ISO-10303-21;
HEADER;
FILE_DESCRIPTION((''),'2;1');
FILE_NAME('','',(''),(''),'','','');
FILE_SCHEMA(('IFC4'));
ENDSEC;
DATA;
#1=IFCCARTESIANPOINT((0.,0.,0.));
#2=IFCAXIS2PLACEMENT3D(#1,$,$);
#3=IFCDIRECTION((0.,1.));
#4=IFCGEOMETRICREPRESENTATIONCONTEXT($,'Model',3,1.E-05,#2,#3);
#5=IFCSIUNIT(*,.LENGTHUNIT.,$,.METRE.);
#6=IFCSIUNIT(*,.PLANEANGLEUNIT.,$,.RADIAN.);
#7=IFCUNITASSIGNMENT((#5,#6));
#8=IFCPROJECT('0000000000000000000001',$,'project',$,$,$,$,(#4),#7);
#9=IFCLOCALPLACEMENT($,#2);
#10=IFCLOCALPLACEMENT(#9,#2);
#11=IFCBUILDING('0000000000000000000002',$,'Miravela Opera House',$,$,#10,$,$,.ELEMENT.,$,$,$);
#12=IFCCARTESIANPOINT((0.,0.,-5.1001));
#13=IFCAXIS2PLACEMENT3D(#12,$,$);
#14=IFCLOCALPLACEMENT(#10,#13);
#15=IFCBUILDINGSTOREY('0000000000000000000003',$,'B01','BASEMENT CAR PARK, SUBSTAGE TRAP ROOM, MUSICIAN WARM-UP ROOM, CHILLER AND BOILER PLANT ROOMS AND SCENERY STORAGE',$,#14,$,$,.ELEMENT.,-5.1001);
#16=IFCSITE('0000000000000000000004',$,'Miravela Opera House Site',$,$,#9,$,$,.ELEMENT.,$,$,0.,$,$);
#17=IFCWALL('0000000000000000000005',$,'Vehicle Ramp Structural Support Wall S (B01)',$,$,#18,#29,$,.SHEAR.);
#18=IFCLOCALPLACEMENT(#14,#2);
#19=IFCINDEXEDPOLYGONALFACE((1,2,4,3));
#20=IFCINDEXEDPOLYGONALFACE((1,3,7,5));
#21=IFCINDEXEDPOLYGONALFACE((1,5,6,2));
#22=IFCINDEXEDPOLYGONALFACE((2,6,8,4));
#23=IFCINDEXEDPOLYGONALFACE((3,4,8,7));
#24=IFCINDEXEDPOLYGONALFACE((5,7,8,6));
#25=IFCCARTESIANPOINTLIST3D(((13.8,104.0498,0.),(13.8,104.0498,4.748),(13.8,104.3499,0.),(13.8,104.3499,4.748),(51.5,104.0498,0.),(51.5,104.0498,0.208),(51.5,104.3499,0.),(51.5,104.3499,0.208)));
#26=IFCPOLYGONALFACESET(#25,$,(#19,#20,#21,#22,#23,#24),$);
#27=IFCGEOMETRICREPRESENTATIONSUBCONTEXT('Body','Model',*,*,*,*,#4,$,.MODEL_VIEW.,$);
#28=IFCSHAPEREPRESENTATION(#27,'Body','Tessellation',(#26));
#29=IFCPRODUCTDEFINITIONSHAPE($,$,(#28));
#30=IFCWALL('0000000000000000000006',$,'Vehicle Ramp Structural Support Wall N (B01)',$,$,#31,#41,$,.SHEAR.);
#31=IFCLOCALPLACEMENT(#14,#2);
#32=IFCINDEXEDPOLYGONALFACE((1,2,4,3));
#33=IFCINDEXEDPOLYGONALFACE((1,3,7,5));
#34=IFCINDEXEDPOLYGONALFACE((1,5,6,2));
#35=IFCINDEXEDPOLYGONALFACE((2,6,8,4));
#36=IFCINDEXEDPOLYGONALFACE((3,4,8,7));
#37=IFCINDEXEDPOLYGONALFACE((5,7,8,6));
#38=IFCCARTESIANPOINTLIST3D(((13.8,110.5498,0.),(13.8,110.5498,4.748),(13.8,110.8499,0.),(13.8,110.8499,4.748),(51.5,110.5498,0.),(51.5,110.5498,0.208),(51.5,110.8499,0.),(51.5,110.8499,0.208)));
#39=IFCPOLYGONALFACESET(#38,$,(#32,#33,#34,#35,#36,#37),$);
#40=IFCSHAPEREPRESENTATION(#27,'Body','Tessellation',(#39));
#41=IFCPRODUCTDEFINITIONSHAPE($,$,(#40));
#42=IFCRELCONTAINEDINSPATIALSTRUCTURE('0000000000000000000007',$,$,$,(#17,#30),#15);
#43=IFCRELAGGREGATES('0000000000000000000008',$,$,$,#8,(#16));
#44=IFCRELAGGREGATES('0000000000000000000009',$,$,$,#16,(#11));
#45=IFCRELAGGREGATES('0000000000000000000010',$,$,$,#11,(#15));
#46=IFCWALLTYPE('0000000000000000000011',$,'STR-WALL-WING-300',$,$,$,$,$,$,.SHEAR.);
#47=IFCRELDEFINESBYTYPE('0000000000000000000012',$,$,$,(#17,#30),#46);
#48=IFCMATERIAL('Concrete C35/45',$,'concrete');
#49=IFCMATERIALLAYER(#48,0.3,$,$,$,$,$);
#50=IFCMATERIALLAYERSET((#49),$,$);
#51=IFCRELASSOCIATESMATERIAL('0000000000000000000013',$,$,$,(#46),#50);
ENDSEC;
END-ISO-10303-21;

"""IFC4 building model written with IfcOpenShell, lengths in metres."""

from ifc_helpers import new_model, si_unit, direction, frame, origin, place, context, subcontext, project, spatial, polyline, outline, extrude, material, layer, layer_set, type_object, element, save


model = new_model("IFC4")

# Units and contexts
model_context = context("Model", 3, precision=1e-05, world=origin(), true_north=direction((0.0, 1.0)))
body_context = subcontext(model_context, "Body", "Model", "MODEL_VIEW")
ifc_project = project(units=[si_unit("LENGTHUNIT", "METRE"), si_unit("PLANEANGLEUNIT", "RADIAN")], contexts=[model_context])

# Site, building, storey
site_placement = place(None, origin())
site = spatial("IfcSite", under=ifc_project, at=site_placement, Name="Miravela Opera House Site", CompositionType="ELEMENT", RefElevation=0.0)
building_placement = place(site_placement, origin())
building = spatial("IfcBuilding", under=site, at=building_placement, Name="Miravela Opera House", CompositionType="ELEMENT")
storey_placement = place(building_placement, frame((0.0, 0.0, -5.1001)))
storey = spatial("IfcBuildingStorey", under=building, at=storey_placement, Name="B01", Description="BASEMENT CAR PARK, SUBSTAGE TRAP ROOM, MUSICIAN WARM-UP ROOM, CHILLER AND BOILER PLANT ROOMS AND SCENERY STORAGE", CompositionType="ELEMENT", Elevation=-5.1001)

# Shared definitions
ifc_material_1 = material(Name="Concrete C35/45", Category="concrete")

# Walls
ifc_layer_1 = layer(ifc_material_1, 0.3)
ifc_layer_set_1 = layer_set([ifc_layer_1])
wall_type_1 = type_object("IfcWallType", Name="STR-WALL-WING-300", PredefinedType="SHEAR", material=ifc_layer_set_1)
for number, where, z_axis, x_axis, name in (
    (1, (13.8, 104.2, 0.0), (0.0, 0.0, 1.0), (1.0, 0.0, 0.0), "Vehicle Ramp Structural Support Wall S (B01)"),
    (2, (13.8, 110.7, 0.0), (0.0, 0.0, 1.0), (1.0, 0.0, 0.0), "Vehicle Ramp Structural Support Wall N (B01)"),
):
    element("IfcWall", number, at=place(storey_placement, frame(where, z_axis=z_axis, x_axis=x_axis)), inside=storey, type_object=wall_type_1, Name=name, PredefinedType="SHEAR", context=body_context, shape_type="SweptSolid", body=[
        extrude(outline(polyline([(0.0, 0.0), (37.7, 0.0), (37.7, 0.208), (0.0, 4.748), (0.0, 0.0)])), frame((0.0, 0.1499, 0.0), z_axis=(0.0, -1.0, 0.0), x_axis=(1.0, 0.0, 0.0)), (0.0, 0.0, 1.0), 0.3),
    ])

save(model, "model.ifc")
